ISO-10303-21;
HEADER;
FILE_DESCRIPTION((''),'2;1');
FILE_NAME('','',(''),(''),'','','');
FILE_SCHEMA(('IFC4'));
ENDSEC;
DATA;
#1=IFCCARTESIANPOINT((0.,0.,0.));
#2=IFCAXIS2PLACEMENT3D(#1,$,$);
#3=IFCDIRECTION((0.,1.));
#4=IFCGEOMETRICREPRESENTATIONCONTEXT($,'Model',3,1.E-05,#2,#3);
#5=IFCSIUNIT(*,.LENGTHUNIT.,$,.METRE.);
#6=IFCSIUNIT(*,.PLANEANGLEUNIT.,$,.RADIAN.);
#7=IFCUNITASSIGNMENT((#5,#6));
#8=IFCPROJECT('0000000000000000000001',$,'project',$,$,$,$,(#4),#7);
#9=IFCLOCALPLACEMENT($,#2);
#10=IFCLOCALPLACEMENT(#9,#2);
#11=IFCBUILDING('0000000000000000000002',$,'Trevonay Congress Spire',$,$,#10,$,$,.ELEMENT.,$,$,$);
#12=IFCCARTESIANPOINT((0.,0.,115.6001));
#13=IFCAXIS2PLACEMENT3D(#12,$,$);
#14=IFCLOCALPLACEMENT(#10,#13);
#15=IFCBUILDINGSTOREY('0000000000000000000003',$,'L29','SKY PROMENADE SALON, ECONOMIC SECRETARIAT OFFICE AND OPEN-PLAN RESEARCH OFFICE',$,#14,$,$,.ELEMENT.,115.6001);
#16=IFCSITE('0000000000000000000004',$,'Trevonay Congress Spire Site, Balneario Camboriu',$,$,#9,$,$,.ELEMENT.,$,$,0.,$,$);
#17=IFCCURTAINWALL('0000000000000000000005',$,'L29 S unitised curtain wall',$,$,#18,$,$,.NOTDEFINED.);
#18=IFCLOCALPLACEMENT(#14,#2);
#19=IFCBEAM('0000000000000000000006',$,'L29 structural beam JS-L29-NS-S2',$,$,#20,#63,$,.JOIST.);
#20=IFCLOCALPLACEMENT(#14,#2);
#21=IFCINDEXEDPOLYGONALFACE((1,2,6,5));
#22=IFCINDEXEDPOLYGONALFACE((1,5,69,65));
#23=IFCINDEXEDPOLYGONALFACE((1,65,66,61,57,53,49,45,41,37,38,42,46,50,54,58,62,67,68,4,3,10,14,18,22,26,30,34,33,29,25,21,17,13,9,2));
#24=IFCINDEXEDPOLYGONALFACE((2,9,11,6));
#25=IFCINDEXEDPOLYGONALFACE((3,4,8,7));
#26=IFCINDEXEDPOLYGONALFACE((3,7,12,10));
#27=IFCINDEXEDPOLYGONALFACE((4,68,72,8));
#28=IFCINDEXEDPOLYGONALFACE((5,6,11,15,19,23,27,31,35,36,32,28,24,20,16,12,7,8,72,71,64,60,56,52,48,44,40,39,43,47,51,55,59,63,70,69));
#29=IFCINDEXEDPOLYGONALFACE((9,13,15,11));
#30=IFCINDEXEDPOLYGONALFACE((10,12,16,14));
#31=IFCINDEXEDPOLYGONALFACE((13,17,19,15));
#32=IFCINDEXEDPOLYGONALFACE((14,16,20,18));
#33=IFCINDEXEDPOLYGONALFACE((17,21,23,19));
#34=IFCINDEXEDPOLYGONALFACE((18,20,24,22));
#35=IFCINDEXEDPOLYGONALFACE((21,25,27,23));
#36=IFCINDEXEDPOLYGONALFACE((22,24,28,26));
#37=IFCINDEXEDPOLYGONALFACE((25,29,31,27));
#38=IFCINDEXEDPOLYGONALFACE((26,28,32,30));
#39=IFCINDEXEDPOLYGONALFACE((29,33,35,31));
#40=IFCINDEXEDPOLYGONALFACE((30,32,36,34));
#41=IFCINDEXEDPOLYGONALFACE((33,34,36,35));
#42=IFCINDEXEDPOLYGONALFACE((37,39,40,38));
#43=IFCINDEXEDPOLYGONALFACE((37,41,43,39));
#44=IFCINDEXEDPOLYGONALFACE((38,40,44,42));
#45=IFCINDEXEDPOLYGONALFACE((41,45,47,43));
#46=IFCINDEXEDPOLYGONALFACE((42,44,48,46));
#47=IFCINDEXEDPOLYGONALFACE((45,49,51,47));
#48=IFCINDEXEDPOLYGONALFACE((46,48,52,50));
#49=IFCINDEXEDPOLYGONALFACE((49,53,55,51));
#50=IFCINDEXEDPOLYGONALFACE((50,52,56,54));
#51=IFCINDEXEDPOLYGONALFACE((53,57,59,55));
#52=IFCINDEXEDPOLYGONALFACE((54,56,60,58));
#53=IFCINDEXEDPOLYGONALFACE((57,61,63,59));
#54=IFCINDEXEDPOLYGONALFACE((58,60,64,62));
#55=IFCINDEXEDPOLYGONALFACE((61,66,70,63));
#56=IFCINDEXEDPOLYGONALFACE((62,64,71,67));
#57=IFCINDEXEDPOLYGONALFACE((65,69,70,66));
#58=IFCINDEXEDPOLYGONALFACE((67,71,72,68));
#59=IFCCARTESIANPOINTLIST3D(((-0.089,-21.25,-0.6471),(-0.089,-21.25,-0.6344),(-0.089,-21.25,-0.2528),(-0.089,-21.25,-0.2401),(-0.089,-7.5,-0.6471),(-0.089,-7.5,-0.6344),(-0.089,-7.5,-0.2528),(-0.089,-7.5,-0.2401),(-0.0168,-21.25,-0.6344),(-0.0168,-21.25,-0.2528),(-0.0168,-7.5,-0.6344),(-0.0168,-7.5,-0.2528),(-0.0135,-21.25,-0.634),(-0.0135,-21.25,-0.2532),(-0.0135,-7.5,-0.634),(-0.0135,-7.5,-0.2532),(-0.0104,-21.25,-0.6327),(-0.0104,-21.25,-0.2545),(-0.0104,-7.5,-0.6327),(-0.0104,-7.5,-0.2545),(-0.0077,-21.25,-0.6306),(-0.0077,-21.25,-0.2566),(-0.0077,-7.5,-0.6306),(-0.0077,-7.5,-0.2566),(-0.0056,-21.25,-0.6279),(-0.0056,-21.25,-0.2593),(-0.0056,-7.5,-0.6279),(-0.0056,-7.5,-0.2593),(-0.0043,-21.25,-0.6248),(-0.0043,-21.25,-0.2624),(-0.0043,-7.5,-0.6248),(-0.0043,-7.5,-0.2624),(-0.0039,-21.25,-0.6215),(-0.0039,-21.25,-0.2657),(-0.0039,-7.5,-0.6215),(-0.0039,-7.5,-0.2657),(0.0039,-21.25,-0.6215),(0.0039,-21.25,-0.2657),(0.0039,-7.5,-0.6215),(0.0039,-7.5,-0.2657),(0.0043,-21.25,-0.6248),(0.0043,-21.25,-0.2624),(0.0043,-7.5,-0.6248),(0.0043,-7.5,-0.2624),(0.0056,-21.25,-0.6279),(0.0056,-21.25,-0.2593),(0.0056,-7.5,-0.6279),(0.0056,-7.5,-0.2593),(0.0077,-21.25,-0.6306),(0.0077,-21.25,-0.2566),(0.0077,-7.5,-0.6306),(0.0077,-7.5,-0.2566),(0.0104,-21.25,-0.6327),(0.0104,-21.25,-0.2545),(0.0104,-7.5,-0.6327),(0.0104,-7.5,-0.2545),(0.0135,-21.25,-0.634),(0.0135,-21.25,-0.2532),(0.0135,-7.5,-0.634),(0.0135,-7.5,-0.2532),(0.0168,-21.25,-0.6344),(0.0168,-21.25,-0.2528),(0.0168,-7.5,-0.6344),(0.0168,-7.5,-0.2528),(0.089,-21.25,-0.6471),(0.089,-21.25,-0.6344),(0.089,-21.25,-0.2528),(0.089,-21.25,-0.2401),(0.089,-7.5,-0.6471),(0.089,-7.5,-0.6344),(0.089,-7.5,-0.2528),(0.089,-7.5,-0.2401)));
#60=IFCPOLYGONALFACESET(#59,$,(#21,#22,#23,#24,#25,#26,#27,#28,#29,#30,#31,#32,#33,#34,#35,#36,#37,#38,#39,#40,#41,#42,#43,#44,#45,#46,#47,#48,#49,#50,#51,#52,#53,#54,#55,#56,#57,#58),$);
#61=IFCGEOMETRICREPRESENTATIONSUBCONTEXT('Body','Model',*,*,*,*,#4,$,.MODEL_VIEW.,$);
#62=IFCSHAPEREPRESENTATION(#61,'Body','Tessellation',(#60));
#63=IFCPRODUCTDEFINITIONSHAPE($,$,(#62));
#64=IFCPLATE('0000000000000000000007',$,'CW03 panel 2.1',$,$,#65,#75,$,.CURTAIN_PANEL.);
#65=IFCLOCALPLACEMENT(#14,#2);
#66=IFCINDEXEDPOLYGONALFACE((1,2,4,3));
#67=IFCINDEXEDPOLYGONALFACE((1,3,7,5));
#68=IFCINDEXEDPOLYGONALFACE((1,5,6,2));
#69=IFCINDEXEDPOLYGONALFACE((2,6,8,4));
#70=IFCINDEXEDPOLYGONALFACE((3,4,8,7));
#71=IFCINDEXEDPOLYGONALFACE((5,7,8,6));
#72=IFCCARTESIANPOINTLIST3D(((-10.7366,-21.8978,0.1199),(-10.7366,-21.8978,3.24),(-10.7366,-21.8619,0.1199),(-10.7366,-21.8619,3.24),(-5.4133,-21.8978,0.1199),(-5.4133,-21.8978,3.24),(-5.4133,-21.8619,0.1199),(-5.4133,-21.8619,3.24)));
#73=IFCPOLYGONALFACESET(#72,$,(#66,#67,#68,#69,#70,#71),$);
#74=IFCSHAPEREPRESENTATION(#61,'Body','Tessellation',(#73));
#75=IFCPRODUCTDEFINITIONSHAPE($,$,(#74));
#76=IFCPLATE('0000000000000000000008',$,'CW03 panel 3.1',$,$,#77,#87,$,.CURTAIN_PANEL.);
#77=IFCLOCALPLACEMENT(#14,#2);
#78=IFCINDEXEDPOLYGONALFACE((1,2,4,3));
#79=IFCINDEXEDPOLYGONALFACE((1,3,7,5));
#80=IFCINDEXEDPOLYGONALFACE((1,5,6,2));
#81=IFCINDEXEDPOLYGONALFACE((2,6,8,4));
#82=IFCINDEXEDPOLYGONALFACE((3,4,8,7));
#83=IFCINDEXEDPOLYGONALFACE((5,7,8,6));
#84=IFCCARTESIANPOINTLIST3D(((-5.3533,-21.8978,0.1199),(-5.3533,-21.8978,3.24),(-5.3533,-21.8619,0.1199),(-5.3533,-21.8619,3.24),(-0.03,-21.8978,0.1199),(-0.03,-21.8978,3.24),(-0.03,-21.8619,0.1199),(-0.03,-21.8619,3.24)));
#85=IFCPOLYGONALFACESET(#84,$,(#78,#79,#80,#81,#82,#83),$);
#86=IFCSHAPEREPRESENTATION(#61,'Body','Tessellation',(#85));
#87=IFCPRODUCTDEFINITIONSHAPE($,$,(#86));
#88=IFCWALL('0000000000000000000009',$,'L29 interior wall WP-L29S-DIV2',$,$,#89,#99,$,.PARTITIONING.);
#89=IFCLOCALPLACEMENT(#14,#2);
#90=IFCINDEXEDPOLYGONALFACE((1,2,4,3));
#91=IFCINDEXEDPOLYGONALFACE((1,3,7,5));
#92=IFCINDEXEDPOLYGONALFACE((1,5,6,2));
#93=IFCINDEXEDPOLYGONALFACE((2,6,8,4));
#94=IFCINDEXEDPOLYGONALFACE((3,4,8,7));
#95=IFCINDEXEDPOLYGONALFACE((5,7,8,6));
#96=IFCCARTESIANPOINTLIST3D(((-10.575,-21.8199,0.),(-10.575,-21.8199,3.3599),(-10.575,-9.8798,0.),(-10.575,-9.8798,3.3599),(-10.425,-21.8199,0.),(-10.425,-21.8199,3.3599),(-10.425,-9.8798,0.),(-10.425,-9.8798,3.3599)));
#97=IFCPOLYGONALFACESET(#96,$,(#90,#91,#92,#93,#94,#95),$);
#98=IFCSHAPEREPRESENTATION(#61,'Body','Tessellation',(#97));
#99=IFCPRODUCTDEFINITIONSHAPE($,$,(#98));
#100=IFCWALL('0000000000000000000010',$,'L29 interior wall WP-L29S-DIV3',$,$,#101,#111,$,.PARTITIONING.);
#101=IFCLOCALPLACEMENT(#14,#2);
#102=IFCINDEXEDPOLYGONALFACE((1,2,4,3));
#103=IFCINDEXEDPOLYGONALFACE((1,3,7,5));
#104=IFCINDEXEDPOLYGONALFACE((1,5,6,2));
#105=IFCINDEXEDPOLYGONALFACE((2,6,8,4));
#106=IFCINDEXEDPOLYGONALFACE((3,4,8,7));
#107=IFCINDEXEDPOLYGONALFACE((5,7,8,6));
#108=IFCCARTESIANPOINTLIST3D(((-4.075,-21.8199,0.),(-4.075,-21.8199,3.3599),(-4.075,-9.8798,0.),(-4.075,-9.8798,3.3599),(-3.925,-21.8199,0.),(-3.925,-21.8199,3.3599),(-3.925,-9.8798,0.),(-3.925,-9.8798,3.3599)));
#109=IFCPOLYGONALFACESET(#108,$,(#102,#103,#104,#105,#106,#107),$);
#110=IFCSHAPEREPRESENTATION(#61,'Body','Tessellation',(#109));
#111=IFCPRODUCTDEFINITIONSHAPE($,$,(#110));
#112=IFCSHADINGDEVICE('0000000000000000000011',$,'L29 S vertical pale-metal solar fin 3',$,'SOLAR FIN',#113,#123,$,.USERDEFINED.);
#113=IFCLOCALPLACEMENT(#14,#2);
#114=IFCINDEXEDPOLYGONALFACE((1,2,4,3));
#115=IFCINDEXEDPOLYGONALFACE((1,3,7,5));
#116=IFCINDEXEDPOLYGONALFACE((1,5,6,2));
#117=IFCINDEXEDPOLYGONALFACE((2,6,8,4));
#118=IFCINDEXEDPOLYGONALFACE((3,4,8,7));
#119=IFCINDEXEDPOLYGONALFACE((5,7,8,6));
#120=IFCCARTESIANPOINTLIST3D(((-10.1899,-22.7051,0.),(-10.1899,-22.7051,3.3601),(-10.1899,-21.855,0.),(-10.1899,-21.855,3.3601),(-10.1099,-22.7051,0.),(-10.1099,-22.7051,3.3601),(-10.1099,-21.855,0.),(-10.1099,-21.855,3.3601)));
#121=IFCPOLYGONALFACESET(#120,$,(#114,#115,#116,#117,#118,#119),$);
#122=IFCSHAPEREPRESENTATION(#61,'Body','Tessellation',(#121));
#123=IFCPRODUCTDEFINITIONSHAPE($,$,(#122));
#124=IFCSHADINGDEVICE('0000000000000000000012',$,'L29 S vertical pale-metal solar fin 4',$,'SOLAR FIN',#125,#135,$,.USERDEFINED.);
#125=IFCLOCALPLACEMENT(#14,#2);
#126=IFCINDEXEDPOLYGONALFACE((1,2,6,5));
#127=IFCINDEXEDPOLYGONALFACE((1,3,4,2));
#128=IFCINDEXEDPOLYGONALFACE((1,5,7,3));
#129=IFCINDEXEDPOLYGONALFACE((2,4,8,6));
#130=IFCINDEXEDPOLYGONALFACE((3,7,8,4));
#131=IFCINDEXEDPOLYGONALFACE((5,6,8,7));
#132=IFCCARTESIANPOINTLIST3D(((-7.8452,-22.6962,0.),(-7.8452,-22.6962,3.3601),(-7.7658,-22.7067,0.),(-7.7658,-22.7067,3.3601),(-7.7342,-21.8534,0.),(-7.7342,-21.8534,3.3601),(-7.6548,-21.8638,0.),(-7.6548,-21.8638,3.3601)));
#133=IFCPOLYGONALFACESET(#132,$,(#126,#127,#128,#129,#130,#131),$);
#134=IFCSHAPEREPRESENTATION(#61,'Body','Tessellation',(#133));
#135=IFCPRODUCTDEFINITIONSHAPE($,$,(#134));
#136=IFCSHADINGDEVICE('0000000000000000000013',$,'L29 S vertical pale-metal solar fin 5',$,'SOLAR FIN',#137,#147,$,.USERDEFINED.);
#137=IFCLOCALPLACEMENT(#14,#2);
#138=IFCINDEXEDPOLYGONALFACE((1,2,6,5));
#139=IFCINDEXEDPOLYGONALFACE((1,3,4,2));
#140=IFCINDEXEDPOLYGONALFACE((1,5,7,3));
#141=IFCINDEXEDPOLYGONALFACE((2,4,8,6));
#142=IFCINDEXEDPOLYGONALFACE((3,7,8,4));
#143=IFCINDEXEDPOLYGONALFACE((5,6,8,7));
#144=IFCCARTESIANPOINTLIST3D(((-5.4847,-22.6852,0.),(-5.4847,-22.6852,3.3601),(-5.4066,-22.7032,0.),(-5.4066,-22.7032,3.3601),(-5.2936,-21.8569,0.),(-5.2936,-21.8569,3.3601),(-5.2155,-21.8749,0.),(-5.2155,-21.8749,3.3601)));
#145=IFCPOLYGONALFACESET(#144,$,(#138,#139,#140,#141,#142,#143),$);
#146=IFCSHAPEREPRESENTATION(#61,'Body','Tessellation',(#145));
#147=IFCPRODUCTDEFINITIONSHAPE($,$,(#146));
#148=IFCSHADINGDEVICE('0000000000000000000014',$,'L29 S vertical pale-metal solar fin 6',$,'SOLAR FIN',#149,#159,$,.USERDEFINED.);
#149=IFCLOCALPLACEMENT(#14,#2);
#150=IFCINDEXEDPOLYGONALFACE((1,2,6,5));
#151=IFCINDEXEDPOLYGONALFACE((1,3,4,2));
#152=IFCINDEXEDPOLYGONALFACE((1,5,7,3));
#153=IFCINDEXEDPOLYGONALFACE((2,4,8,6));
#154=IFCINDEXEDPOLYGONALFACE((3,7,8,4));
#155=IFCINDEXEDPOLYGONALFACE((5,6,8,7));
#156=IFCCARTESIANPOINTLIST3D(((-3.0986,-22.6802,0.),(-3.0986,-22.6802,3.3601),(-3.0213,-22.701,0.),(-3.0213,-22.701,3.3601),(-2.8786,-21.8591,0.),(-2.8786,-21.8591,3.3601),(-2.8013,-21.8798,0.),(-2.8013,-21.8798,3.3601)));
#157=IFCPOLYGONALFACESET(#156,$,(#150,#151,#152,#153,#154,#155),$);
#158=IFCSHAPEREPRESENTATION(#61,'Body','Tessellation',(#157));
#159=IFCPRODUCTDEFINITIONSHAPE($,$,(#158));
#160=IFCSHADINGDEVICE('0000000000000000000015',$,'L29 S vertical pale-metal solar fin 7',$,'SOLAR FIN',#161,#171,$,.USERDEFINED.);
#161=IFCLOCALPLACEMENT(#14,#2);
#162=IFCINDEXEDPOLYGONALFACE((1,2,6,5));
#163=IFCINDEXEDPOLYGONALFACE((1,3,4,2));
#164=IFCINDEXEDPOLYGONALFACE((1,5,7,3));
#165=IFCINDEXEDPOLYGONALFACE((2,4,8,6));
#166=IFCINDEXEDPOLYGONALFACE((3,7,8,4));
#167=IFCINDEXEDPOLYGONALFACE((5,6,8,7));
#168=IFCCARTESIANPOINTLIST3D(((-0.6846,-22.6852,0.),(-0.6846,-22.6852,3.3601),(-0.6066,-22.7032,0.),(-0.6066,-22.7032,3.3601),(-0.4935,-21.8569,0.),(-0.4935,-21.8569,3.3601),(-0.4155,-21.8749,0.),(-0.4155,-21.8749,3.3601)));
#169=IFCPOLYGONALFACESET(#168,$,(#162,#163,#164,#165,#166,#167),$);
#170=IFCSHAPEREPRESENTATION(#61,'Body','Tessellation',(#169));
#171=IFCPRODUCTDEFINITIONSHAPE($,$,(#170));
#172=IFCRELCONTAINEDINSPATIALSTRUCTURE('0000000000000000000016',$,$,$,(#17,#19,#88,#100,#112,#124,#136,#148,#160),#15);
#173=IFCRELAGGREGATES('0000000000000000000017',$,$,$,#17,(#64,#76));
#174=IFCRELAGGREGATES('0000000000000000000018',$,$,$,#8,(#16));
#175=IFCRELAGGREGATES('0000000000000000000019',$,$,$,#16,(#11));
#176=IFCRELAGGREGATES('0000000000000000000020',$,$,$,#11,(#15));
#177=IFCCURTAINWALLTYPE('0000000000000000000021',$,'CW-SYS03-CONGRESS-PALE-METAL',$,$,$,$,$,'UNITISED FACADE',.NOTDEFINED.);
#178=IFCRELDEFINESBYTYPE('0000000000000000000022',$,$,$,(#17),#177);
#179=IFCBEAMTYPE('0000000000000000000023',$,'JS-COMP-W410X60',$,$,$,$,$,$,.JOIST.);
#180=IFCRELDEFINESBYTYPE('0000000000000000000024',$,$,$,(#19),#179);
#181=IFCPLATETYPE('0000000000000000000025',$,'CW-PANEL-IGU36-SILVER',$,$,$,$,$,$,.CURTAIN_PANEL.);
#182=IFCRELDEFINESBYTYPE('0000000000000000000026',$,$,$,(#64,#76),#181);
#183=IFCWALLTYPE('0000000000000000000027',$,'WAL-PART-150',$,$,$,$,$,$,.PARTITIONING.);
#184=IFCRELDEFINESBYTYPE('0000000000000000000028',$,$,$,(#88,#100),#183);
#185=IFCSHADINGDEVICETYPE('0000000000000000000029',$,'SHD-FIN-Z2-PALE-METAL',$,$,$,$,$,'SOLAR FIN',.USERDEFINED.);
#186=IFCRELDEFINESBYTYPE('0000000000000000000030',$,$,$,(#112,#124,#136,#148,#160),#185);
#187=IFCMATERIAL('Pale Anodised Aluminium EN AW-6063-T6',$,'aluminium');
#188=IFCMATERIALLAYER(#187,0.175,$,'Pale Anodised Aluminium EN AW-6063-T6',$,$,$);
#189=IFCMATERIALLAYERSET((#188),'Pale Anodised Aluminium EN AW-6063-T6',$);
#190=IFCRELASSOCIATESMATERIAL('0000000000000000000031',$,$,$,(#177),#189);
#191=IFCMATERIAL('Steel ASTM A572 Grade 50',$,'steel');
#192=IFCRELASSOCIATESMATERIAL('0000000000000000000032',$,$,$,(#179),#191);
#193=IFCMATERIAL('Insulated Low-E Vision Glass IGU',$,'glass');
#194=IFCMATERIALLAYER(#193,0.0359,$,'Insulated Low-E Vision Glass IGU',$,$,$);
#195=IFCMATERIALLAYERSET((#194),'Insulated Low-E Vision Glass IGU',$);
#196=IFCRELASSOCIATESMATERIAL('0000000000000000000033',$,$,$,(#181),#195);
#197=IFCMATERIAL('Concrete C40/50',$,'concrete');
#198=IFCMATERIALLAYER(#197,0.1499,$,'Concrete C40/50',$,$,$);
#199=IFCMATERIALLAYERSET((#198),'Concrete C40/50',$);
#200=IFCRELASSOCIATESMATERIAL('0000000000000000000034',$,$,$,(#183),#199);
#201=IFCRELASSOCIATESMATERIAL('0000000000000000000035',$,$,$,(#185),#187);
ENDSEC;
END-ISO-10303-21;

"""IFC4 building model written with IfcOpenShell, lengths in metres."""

from ifc_helpers import new_model, si_unit, direction, frame, frame_2d, origin, origin_2d, place, context, subcontext, project, spatial, rectangle, i_section, extrude, material, layer, layer_set, material_profile, profile_set, type_object, element, aggregate, save


model = new_model("IFC4")

# Units and contexts
model_context = context("Model", 3, precision=1e-05, world=origin(), true_north=direction((0.0, 1.0)))
body_context = subcontext(model_context, "Body", "Model", "MODEL_VIEW")
ifc_project = project(units=[si_unit("LENGTHUNIT", "METRE"), si_unit("PLANEANGLEUNIT", "RADIAN")], contexts=[model_context])

# Site, building, storey
site_placement = place(None, origin())
site = spatial("IfcSite", under=ifc_project, at=site_placement, Name="Trevonay Congress Spire Site, Balneario Camboriu", CompositionType="ELEMENT", RefElevation=0.0)
building_placement = place(site_placement, origin())
building = spatial("IfcBuilding", under=site, at=building_placement, Name="Trevonay Congress Spire", CompositionType="ELEMENT")
storey_placement = place(building_placement, frame((0.0, 0.0, 115.6001)))
storey = spatial("IfcBuildingStorey", under=building, at=storey_placement, Name="L29", Description="SKY PROMENADE SALON, ECONOMIC SECRETARIAT OFFICE AND OPEN-PLAN RESEARCH OFFICE", CompositionType="ELEMENT", Elevation=115.6001)

# Shared definitions
ifc_material_1 = material(Name="Steel ASTM A572 Grade 50", Category="steel")

# Curtain wall
ifc_material_2 = material(Name="Pale Anodised Aluminium EN AW-6063-T6", Category="aluminium")
ifc_layer_1 = layer(ifc_material_2, 0.175, Name="Pale Anodised Aluminium EN AW-6063-T6")
ifc_layer_set_1 = layer_set([ifc_layer_1], Name="Pale Anodised Aluminium EN AW-6063-T6")
curtain_wall_type = type_object("IfcCurtainWallType", Name="CW-SYS03-CONGRESS-PALE-METAL", ElementType="UNITISED FACADE", PredefinedType="NOTDEFINED", material=ifc_layer_set_1)
curtain_wall_placement = place(storey_placement, origin())
curtain_wall = element("IfcCurtainWall", 1, at=curtain_wall_placement, inside=storey, type_object=curtain_wall_type, Name="L29 S unitised curtain wall", PredefinedType="NOTDEFINED")

# Beam
ifc_material_profile_1 = material_profile(ifc_material_1, i_section(OverallWidth=0.178, OverallDepth=0.407, WebThickness=0.0078, FlangeThickness=0.0127, FilletRadius=0.0129, at=origin_2d()), Name="W410x60")
ifc_profile_set_1 = profile_set([ifc_material_profile_1], Name="Steel ASTM A572 Grade 50")
beam_type_1 = type_object("IfcBeamType", Name="JS-COMP-W410X60", PredefinedType="JOIST", material=ifc_profile_set_1)
for number, where, z_axis, x_axis, name in (
    (2, (0.0, -21.25, -0.4436), (0.0, 1.0, 0.0), (-1.0, 0.0, 0.0), "L29 structural beam JS-L29-NS-S2"),
):
    element("IfcBeam", number, at=place(storey_placement, frame(where, z_axis=z_axis, x_axis=x_axis)), inside=storey, type_object=beam_type_1, Name=name, PredefinedType="JOIST", context=body_context, shape_type="SweptSolid", body=[
        extrude(i_section(OverallWidth=0.178, OverallDepth=0.407, WebThickness=0.0078, FlangeThickness=0.0127, FilletRadius=0.0129, at=origin_2d()), origin(), (0.0, 0.0, 1.0), 13.75),
    ])

# Plates
ifc_material_3 = material(Name="Insulated Low-E Vision Glass IGU", Category="glass")
ifc_layer_2 = layer(ifc_material_3, 0.0359, Name="Insulated Low-E Vision Glass IGU")
ifc_layer_set_2 = layer_set([ifc_layer_2], Name="Insulated Low-E Vision Glass IGU")
plate_type = type_object("IfcPlateType", Name="CW-PANEL-IGU36-SILVER", PredefinedType="CURTAIN_PANEL", material=ifc_layer_set_2)
plate_1_placement = place(storey_placement, frame((-8.075, -21.8799, 0.1199), z_axis=(0.0, 0.0, 1.0), x_axis=(1.0, 0.0, 0.0)))
plate_1 = element("IfcPlate", 3, at=plate_1_placement, type_object=plate_type, Name="CW03 panel 2.1", PredefinedType="CURTAIN_PANEL", context=body_context, shape_type="SweptSolid", body=[
    extrude(rectangle(XDim=5.3232, YDim=0.0359, at=origin_2d()), origin(), (0.0, 0.0, 1.0), 3.1201),
])
plate_2_placement = place(storey_placement, frame((-2.6917, -21.8799, 0.1199), z_axis=(0.0, 0.0, 1.0), x_axis=(1.0, 0.0, 0.0)))
plate_2 = element("IfcPlate", 4, at=plate_2_placement, type_object=plate_type, Name="CW03 panel 3.1", PredefinedType="CURTAIN_PANEL", context=body_context, shape_type="SweptSolid", body=[
    extrude(rectangle(XDim=5.3232, YDim=0.0359, at=origin_2d()), origin(), (0.0, 0.0, 1.0), 3.1201),
])
aggregate(curtain_wall, [plate_1, plate_2])

# Walls
ifc_material_4 = material(Name="Concrete C40/50", Category="concrete")
ifc_layer_3 = layer(ifc_material_4, 0.1499, Name="Concrete C40/50")
ifc_layer_set_3 = layer_set([ifc_layer_3], Name="Concrete C40/50")
wall_type = type_object("IfcWallType", Name="WAL-PART-150", PredefinedType="PARTITIONING", material=ifc_layer_set_3)
for number, where, z_axis, x_axis, name in (
    (5, (-10.5, -21.8201, 0.0), (0.0, 0.0, 1.0), (0.0, 1.0, 0.0), "L29 interior wall WP-L29S-DIV2"),
    (6, (-4.0, -21.8201, 0.0), (0.0, 0.0, 1.0), (0.0, 1.0, 0.0), "L29 interior wall WP-L29S-DIV3"),
):
    element("IfcWall", number, at=place(storey_placement, frame(where, z_axis=z_axis, x_axis=x_axis)), inside=storey, type_object=wall_type, Name=name, PredefinedType="PARTITIONING", context=body_context, shape_type="SweptSolid", body=[
        extrude(rectangle(XDim=11.9402, YDim=0.1499, at=frame_2d((5.9702, 0.0))), origin(), (0.0, 0.0, 1.0), 3.3599),
    ])

# Shading devices
shading_device_type = type_object("IfcShadingDeviceType", Name="SHD-FIN-Z2-PALE-METAL", ElementType="SOLAR FIN", PredefinedType="USERDEFINED", material=ifc_material_2)
for number, where, z_axis, x_axis, name in (
    (7, (-10.1499, -22.28, 0.0), (0.0, 0.0, 1.0), (1.0, 0.0, 0.0), "L29 S vertical pale-metal solar fin 3"),
    (8, (-7.75, -22.28, 0.0), (0.0, 0.0, 1.0), (0.991445, -0.130526, 0.0), "L29 S vertical pale-metal solar fin 4"),
    (9, (-5.3501, -22.28, 0.0), (0.0, 0.0, 1.0), (0.974409, -0.224781, 0.0), "L29 S vertical pale-metal solar fin 5"),
    (10, (-2.95, -22.28, 0.0), (0.0, 0.0, 1.0), (0.965926, -0.258819, 0.0), "L29 S vertical pale-metal solar fin 6"),
    (11, (-0.55, -22.28, 0.0), (0.0, 0.0, 1.0), (0.974409, -0.224781, 0.0), "L29 S vertical pale-metal solar fin 7"),
):
    element("IfcShadingDevice", number, at=place(storey_placement, frame(where, z_axis=z_axis, x_axis=x_axis)), inside=storey, type_object=shading_device_type, Name=name, ObjectType="SOLAR FIN", PredefinedType="USERDEFINED", context=body_context, shape_type="SweptSolid", body=[
        extrude(rectangle(XDim=0.0801, YDim=0.8501, at=origin_2d()), origin(), (0.0, 0.0, 1.0), 3.3601),
    ])

save(model, "model.ifc")
